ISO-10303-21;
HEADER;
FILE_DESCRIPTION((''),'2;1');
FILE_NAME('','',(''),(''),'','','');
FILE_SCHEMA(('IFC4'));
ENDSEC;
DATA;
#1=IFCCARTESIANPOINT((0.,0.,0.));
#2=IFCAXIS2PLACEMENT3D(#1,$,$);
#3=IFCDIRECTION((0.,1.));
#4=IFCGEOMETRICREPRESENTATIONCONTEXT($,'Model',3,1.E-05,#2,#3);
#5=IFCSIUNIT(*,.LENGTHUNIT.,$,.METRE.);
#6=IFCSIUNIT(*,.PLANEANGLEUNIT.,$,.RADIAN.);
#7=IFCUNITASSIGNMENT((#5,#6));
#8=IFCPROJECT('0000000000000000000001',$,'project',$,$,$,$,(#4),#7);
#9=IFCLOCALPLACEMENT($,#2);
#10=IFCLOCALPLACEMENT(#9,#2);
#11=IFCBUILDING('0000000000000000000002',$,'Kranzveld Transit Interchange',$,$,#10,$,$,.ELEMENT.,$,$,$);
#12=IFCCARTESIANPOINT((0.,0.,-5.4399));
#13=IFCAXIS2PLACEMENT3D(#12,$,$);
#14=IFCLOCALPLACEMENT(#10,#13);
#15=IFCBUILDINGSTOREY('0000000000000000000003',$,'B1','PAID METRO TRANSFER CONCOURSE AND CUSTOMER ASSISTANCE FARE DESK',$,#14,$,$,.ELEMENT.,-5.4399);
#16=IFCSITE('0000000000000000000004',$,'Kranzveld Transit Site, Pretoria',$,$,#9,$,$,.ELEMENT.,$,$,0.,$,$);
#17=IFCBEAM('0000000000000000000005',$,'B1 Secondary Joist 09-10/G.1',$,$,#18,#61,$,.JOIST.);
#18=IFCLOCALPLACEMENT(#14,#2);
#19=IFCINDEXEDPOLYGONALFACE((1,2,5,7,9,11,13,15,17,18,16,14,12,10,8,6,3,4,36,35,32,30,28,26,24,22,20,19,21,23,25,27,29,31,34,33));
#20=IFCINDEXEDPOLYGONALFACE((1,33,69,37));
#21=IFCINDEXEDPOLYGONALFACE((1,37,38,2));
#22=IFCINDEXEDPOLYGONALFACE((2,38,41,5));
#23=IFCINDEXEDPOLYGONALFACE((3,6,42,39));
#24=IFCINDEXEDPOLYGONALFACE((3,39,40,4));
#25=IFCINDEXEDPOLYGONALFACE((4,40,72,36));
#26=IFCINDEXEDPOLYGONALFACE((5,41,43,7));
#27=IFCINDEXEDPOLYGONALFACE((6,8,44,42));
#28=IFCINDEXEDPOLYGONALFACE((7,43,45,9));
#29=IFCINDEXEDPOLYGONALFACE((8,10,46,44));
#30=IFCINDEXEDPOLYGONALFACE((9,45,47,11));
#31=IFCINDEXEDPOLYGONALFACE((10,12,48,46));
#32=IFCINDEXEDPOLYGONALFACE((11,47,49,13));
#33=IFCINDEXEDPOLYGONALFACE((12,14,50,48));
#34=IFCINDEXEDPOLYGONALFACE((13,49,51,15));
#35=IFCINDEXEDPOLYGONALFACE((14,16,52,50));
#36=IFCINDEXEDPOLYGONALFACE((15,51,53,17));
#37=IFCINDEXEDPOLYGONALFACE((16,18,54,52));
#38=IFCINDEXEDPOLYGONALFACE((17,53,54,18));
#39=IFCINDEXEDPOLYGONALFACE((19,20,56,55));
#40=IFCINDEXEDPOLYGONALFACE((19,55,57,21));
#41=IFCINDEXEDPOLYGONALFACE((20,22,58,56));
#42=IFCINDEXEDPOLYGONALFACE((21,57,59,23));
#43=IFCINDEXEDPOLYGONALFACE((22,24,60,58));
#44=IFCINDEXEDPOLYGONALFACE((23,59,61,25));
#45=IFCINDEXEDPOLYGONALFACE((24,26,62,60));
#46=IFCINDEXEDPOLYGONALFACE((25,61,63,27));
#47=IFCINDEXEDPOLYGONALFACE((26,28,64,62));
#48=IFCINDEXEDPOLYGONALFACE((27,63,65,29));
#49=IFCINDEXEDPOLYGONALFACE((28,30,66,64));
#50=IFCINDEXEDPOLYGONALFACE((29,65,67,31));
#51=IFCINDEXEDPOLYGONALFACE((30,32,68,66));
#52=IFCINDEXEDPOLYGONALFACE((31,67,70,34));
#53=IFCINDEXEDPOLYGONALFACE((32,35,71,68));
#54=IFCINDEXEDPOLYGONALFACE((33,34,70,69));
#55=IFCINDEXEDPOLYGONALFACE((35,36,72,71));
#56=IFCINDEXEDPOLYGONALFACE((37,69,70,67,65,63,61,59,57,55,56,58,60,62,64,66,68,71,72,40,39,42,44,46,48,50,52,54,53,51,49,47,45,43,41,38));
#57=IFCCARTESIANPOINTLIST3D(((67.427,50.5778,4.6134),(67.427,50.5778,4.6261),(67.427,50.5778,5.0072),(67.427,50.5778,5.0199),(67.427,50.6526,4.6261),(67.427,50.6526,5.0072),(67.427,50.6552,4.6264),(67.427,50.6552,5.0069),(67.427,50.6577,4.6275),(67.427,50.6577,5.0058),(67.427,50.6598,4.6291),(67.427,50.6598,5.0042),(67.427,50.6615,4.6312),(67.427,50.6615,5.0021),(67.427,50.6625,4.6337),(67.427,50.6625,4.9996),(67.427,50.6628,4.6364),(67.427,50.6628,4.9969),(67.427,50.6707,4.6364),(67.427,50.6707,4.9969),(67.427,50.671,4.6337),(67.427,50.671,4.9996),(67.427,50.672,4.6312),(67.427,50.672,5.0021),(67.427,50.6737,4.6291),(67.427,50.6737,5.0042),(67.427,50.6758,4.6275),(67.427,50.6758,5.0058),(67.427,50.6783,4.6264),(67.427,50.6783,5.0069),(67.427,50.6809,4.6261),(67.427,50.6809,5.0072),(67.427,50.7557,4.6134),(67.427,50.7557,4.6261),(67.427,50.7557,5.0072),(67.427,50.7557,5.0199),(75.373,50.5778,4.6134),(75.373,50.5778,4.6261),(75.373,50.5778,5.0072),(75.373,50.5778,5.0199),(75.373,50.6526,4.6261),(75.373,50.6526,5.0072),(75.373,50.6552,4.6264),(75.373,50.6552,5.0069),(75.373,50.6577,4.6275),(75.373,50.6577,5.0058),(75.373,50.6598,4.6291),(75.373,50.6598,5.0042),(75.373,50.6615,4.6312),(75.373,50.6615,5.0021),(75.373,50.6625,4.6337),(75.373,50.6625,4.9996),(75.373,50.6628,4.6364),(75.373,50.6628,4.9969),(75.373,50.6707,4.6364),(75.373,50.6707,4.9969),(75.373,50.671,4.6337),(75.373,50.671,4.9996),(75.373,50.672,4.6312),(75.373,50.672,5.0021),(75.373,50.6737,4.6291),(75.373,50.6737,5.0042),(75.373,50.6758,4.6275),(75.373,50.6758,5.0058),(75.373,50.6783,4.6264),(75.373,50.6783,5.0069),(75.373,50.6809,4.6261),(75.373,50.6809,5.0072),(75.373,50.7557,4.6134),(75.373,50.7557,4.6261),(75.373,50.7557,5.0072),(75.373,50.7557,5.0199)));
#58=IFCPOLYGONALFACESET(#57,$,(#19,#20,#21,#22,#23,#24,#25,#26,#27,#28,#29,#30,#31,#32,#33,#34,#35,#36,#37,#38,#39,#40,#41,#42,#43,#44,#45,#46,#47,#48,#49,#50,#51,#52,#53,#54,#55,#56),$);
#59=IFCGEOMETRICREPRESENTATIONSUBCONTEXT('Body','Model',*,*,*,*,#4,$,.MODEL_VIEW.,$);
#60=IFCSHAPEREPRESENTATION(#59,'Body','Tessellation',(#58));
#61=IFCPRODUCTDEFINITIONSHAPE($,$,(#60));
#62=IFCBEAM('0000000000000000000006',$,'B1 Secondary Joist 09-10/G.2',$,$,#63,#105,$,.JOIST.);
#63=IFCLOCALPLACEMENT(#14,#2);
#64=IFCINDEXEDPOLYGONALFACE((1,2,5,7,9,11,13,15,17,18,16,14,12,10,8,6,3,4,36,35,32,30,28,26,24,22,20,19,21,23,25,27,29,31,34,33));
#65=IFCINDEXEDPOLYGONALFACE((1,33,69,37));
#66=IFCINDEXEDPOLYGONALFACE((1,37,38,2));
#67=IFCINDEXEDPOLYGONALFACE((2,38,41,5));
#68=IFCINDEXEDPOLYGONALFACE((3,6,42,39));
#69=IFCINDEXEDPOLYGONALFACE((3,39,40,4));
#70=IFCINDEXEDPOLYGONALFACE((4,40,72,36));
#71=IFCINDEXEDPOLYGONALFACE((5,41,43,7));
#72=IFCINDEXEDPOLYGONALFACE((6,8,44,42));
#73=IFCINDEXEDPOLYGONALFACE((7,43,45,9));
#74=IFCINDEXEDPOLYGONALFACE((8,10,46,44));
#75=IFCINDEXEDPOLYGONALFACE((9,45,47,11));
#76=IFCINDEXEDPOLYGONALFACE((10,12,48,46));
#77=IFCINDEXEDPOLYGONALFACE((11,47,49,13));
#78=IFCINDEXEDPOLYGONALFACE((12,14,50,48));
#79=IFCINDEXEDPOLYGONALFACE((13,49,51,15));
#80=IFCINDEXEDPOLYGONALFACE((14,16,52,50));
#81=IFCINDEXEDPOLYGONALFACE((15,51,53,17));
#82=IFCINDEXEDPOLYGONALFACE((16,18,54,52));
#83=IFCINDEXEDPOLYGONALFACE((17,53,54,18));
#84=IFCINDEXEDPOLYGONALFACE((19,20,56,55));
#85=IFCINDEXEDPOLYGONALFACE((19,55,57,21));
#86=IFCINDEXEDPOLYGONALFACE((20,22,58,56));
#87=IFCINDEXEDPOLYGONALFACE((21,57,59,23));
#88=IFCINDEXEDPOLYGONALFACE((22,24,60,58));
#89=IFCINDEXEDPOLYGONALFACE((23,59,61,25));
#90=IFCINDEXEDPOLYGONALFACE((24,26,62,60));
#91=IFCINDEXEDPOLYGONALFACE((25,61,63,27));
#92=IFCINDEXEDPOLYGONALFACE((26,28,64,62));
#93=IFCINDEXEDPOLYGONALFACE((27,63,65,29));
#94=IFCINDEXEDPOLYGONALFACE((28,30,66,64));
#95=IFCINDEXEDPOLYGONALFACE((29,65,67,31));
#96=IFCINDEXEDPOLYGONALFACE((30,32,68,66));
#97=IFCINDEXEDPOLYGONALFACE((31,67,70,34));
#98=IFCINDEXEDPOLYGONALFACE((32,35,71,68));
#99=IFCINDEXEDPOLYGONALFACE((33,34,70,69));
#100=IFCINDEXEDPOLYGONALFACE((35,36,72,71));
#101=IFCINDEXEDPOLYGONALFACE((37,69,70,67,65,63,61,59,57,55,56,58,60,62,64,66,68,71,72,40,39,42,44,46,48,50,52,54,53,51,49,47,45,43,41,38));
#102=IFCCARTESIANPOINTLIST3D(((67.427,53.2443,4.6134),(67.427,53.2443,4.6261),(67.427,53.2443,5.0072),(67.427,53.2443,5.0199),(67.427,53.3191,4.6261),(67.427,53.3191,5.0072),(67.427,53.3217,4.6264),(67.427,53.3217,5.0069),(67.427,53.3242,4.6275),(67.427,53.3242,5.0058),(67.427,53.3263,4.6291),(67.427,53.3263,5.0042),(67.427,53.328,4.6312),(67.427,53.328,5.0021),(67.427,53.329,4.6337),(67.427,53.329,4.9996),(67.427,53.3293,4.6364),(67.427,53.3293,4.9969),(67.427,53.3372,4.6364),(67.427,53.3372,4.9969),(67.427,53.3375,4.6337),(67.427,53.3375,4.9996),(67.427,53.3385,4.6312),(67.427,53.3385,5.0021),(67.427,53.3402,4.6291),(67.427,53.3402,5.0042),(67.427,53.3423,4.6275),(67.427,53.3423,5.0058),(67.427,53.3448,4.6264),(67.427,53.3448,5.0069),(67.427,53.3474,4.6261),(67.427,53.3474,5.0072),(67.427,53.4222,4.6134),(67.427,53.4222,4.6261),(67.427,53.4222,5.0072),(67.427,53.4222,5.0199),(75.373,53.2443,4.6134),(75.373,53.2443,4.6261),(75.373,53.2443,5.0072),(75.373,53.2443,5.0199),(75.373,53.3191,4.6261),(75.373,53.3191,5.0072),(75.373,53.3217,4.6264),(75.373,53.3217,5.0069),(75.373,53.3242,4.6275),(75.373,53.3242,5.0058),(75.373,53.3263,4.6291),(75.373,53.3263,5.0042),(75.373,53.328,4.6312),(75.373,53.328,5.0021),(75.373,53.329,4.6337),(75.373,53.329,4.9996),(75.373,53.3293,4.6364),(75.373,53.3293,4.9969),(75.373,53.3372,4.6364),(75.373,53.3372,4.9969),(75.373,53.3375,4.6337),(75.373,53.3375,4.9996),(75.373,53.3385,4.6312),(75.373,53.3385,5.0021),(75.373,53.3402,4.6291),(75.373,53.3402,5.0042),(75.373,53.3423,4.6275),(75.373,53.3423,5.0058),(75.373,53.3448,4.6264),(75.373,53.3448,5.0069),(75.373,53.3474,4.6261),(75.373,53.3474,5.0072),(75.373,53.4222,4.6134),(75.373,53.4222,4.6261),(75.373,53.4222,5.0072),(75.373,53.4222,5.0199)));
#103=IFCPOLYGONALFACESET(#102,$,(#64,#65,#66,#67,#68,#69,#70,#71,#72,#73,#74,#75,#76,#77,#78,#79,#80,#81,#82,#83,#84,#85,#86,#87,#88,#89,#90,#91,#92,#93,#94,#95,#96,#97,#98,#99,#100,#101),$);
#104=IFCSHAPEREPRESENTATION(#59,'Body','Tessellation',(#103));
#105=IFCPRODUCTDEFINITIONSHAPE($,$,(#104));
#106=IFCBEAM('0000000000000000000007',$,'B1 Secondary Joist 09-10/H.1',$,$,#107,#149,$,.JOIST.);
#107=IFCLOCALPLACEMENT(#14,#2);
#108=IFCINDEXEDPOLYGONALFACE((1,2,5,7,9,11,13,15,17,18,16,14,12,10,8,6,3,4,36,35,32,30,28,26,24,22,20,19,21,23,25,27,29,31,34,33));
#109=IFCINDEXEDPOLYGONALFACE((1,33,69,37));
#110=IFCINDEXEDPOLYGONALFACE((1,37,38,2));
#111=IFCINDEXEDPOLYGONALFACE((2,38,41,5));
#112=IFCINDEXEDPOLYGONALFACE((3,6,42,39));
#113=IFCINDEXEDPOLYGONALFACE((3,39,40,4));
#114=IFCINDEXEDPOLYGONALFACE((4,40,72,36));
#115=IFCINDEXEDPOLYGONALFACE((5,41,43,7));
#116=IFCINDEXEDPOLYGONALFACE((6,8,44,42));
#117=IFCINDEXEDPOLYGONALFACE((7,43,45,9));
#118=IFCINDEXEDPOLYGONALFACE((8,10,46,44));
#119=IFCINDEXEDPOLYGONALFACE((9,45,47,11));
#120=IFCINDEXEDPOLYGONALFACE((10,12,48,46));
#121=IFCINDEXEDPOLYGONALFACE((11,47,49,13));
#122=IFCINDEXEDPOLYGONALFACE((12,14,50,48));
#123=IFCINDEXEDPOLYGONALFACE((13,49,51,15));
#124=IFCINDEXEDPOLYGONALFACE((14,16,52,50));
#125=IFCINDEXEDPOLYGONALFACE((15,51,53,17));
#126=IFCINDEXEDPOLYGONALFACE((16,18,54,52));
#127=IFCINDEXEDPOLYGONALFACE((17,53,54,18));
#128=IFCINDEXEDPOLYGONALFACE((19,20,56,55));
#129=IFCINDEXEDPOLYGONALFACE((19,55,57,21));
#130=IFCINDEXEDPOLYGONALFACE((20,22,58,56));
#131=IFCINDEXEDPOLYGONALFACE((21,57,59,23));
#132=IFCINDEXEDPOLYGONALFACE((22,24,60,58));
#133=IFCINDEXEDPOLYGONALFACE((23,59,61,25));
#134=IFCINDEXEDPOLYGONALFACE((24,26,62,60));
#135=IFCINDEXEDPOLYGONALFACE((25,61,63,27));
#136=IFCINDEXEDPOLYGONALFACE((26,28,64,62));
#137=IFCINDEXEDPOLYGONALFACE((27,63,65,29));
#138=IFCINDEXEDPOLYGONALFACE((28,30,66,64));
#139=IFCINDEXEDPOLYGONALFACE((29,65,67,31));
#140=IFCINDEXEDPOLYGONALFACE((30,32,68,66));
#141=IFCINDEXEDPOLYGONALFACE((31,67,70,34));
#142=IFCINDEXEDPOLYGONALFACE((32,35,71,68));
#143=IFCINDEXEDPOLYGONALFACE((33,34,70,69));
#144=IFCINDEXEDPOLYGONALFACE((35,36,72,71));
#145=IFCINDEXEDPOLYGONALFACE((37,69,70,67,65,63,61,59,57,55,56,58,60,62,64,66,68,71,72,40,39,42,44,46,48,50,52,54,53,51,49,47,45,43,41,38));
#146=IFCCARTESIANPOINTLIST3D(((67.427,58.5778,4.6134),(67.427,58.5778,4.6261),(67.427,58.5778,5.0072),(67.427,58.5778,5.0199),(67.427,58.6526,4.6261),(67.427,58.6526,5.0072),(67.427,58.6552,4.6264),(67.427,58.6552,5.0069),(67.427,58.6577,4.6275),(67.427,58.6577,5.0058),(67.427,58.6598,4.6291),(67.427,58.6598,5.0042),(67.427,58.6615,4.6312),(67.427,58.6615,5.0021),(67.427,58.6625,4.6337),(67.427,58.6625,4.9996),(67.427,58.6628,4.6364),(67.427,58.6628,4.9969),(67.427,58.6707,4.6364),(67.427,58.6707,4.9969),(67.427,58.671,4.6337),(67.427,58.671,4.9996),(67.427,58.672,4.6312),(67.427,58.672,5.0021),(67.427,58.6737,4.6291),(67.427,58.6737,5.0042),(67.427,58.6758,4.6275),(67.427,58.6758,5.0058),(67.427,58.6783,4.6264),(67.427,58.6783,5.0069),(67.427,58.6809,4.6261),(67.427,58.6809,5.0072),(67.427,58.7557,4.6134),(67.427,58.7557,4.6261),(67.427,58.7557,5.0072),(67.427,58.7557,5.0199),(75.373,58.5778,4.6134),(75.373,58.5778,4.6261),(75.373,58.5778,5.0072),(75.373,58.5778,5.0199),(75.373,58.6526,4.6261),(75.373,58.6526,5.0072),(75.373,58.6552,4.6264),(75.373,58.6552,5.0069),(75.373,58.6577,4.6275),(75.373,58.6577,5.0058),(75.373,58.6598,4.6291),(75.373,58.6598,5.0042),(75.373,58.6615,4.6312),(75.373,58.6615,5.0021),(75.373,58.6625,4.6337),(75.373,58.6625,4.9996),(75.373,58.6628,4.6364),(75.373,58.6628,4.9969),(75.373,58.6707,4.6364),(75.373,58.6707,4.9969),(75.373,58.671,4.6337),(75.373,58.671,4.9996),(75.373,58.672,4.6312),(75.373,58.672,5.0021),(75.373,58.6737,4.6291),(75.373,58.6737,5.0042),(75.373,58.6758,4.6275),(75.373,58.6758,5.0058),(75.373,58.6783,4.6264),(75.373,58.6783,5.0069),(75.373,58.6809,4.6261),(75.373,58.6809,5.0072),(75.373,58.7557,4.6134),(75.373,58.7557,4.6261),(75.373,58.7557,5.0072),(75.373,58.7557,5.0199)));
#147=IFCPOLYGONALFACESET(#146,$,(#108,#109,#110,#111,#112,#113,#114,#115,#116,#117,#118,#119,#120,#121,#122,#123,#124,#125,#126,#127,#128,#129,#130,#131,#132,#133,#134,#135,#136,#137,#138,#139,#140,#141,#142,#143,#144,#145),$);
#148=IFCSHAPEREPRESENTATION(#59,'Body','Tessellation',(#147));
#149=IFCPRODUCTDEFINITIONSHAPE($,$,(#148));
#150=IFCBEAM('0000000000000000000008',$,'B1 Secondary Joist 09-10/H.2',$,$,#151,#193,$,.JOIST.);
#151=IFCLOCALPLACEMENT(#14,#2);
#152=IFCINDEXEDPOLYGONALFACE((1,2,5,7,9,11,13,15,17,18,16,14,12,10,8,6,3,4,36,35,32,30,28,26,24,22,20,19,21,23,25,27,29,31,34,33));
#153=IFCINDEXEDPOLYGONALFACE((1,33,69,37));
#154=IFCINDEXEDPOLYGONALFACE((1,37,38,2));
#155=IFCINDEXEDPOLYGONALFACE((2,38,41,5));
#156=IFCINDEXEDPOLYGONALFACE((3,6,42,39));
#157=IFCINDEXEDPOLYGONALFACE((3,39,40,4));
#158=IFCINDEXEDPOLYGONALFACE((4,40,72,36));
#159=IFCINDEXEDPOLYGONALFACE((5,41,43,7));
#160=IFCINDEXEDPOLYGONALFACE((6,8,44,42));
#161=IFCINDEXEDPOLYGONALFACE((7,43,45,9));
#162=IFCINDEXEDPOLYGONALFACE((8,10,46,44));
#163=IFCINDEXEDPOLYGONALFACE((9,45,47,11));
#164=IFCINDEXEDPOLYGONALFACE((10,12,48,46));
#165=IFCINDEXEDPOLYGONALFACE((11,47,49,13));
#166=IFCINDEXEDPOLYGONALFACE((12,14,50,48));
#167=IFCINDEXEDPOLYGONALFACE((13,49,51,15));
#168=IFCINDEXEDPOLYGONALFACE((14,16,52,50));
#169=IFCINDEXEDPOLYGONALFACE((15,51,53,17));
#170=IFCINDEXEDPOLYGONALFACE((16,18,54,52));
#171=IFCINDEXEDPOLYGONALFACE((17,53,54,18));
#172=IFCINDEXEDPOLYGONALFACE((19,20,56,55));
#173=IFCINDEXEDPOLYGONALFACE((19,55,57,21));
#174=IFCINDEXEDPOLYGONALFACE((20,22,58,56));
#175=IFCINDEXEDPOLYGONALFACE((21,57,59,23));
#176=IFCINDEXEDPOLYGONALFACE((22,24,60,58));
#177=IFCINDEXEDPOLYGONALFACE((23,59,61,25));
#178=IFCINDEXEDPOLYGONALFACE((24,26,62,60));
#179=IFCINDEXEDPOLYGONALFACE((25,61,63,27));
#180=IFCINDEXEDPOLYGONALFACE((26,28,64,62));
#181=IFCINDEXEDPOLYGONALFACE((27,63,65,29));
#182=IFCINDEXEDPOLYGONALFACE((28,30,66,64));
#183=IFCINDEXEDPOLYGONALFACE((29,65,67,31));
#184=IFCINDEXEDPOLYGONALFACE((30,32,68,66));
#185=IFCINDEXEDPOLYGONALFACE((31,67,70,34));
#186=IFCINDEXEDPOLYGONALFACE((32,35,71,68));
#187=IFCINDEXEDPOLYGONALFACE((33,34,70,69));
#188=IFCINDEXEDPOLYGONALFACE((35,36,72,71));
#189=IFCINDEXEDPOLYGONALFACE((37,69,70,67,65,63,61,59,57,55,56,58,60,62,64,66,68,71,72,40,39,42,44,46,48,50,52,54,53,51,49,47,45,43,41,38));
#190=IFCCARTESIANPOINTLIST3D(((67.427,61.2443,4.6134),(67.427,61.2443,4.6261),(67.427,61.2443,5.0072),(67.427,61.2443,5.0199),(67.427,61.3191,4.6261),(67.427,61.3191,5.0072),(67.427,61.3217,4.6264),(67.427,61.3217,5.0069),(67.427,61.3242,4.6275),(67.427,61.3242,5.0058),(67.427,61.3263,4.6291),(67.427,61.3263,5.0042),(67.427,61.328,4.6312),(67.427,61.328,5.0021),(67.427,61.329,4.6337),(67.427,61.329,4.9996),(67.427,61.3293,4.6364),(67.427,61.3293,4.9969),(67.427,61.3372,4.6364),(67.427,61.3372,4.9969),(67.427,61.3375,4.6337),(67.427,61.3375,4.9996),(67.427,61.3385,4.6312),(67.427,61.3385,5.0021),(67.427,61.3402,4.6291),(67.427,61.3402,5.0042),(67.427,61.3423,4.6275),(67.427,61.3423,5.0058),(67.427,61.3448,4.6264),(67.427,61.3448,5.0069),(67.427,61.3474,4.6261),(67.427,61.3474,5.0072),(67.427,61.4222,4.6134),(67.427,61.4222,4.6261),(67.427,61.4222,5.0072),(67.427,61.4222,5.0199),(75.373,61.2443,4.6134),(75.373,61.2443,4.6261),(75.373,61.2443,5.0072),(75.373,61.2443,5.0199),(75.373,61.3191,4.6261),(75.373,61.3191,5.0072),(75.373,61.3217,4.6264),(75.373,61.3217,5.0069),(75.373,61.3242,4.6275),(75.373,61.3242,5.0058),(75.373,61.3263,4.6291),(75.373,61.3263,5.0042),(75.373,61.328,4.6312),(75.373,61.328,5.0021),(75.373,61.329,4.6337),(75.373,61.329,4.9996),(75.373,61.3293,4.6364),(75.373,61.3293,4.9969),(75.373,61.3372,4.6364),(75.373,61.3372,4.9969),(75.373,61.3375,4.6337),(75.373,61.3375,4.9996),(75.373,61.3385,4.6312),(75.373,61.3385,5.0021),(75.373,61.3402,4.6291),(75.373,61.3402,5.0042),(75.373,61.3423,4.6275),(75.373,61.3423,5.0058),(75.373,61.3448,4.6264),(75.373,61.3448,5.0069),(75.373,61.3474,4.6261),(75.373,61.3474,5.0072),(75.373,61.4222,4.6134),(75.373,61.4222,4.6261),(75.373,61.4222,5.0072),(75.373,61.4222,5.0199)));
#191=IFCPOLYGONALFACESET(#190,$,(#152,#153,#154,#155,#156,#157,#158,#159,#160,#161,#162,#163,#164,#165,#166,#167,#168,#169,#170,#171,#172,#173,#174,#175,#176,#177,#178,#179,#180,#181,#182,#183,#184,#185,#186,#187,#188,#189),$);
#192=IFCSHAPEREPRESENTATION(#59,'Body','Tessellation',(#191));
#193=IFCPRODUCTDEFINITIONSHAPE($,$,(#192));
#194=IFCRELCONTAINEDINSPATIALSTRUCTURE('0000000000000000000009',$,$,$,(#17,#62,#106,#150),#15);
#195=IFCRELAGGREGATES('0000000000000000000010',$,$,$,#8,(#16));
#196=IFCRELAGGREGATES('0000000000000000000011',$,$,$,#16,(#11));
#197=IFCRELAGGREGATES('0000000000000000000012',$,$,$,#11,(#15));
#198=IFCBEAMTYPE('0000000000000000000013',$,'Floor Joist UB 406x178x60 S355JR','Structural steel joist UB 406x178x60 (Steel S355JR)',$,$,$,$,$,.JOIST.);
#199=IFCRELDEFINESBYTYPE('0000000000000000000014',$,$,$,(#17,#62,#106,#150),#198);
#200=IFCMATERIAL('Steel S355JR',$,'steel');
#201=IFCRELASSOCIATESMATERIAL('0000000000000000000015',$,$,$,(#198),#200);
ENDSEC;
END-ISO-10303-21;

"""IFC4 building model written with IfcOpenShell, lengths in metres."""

from ifc_helpers import new_model, si_unit, direction, frame, origin, origin_2d, place, context, subcontext, project, spatial, i_section, extrude, material, material_profile, profile_set, type_object, element, save


model = new_model("IFC4")

# Units and contexts
model_context = context("Model", 3, precision=1e-05, world=origin(), true_north=direction((0.0, 1.0)))
body_context = subcontext(model_context, "Body", "Model", "MODEL_VIEW")
ifc_project = project(units=[si_unit("LENGTHUNIT", "METRE"), si_unit("PLANEANGLEUNIT", "RADIAN")], contexts=[model_context])

# Site, building, storey
site_placement = place(None, origin())
site = spatial("IfcSite", under=ifc_project, at=site_placement, Name="Kranzveld Transit Site, Pretoria", CompositionType="ELEMENT", RefElevation=0.0)
building_placement = place(site_placement, origin())
building = spatial("IfcBuilding", under=site, at=building_placement, Name="Kranzveld Transit Interchange", CompositionType="ELEMENT")
storey_placement = place(building_placement, frame((0.0, 0.0, -5.4399)))
storey = spatial("IfcBuildingStorey", under=building, at=storey_placement, Name="B1", Description="PAID METRO TRANSFER CONCOURSE AND CUSTOMER ASSISTANCE FARE DESK", CompositionType="ELEMENT", Elevation=-5.4399)

# Beams
ifc_material_1 = material(Name="Steel S355JR", Category="steel")
ifc_material_profile_1 = material_profile(ifc_material_1, i_section(OverallWidth=0.178, OverallDepth=0.4065, WebThickness=0.0078, FlangeThickness=0.0127, FilletRadius=0.0103, at=origin_2d()), Name="UB 406x178x60")
ifc_profile_set_1 = profile_set([ifc_material_profile_1], Name="Steel S355JR")
beam_type_1 = type_object("IfcBeamType", Name="Floor Joist UB 406x178x60 S355JR", Description="Structural steel joist UB 406x178x60 (Steel S355JR)", PredefinedType="JOIST", material=ifc_profile_set_1)
for number, where, z_axis, x_axis, name in (
    (1, (67.427, 50.6667, 4.8167), (1.0, 0.0, 0.0), (0.0, 1.0, 0.0), "B1 Secondary Joist 09-10/G.1"),
    (2, (67.427, 53.3333, 4.8167), (1.0, 0.0, 0.0), (0.0, 1.0, 0.0), "B1 Secondary Joist 09-10/G.2"),
    (3, (67.427, 58.6667, 4.8167), (1.0, 0.0, 0.0), (0.0, 1.0, 0.0), "B1 Secondary Joist 09-10/H.1"),
    (4, (67.427, 61.3333, 4.8167), (1.0, 0.0, 0.0), (0.0, 1.0, 0.0), "B1 Secondary Joist 09-10/H.2"),
):
    element("IfcBeam", number, at=place(storey_placement, frame(where, z_axis=z_axis, x_axis=x_axis)), inside=storey, type_object=beam_type_1, Name=name, PredefinedType="JOIST", context=body_context, shape_type="SweptSolid", body=[
        extrude(i_section(OverallWidth=0.178, OverallDepth=0.4065, WebThickness=0.0078, FlangeThickness=0.0127, FilletRadius=0.0103, at=origin_2d()), origin(), (0.0, 0.0, 1.0), 7.946),
    ])

save(model, "model.ifc")
